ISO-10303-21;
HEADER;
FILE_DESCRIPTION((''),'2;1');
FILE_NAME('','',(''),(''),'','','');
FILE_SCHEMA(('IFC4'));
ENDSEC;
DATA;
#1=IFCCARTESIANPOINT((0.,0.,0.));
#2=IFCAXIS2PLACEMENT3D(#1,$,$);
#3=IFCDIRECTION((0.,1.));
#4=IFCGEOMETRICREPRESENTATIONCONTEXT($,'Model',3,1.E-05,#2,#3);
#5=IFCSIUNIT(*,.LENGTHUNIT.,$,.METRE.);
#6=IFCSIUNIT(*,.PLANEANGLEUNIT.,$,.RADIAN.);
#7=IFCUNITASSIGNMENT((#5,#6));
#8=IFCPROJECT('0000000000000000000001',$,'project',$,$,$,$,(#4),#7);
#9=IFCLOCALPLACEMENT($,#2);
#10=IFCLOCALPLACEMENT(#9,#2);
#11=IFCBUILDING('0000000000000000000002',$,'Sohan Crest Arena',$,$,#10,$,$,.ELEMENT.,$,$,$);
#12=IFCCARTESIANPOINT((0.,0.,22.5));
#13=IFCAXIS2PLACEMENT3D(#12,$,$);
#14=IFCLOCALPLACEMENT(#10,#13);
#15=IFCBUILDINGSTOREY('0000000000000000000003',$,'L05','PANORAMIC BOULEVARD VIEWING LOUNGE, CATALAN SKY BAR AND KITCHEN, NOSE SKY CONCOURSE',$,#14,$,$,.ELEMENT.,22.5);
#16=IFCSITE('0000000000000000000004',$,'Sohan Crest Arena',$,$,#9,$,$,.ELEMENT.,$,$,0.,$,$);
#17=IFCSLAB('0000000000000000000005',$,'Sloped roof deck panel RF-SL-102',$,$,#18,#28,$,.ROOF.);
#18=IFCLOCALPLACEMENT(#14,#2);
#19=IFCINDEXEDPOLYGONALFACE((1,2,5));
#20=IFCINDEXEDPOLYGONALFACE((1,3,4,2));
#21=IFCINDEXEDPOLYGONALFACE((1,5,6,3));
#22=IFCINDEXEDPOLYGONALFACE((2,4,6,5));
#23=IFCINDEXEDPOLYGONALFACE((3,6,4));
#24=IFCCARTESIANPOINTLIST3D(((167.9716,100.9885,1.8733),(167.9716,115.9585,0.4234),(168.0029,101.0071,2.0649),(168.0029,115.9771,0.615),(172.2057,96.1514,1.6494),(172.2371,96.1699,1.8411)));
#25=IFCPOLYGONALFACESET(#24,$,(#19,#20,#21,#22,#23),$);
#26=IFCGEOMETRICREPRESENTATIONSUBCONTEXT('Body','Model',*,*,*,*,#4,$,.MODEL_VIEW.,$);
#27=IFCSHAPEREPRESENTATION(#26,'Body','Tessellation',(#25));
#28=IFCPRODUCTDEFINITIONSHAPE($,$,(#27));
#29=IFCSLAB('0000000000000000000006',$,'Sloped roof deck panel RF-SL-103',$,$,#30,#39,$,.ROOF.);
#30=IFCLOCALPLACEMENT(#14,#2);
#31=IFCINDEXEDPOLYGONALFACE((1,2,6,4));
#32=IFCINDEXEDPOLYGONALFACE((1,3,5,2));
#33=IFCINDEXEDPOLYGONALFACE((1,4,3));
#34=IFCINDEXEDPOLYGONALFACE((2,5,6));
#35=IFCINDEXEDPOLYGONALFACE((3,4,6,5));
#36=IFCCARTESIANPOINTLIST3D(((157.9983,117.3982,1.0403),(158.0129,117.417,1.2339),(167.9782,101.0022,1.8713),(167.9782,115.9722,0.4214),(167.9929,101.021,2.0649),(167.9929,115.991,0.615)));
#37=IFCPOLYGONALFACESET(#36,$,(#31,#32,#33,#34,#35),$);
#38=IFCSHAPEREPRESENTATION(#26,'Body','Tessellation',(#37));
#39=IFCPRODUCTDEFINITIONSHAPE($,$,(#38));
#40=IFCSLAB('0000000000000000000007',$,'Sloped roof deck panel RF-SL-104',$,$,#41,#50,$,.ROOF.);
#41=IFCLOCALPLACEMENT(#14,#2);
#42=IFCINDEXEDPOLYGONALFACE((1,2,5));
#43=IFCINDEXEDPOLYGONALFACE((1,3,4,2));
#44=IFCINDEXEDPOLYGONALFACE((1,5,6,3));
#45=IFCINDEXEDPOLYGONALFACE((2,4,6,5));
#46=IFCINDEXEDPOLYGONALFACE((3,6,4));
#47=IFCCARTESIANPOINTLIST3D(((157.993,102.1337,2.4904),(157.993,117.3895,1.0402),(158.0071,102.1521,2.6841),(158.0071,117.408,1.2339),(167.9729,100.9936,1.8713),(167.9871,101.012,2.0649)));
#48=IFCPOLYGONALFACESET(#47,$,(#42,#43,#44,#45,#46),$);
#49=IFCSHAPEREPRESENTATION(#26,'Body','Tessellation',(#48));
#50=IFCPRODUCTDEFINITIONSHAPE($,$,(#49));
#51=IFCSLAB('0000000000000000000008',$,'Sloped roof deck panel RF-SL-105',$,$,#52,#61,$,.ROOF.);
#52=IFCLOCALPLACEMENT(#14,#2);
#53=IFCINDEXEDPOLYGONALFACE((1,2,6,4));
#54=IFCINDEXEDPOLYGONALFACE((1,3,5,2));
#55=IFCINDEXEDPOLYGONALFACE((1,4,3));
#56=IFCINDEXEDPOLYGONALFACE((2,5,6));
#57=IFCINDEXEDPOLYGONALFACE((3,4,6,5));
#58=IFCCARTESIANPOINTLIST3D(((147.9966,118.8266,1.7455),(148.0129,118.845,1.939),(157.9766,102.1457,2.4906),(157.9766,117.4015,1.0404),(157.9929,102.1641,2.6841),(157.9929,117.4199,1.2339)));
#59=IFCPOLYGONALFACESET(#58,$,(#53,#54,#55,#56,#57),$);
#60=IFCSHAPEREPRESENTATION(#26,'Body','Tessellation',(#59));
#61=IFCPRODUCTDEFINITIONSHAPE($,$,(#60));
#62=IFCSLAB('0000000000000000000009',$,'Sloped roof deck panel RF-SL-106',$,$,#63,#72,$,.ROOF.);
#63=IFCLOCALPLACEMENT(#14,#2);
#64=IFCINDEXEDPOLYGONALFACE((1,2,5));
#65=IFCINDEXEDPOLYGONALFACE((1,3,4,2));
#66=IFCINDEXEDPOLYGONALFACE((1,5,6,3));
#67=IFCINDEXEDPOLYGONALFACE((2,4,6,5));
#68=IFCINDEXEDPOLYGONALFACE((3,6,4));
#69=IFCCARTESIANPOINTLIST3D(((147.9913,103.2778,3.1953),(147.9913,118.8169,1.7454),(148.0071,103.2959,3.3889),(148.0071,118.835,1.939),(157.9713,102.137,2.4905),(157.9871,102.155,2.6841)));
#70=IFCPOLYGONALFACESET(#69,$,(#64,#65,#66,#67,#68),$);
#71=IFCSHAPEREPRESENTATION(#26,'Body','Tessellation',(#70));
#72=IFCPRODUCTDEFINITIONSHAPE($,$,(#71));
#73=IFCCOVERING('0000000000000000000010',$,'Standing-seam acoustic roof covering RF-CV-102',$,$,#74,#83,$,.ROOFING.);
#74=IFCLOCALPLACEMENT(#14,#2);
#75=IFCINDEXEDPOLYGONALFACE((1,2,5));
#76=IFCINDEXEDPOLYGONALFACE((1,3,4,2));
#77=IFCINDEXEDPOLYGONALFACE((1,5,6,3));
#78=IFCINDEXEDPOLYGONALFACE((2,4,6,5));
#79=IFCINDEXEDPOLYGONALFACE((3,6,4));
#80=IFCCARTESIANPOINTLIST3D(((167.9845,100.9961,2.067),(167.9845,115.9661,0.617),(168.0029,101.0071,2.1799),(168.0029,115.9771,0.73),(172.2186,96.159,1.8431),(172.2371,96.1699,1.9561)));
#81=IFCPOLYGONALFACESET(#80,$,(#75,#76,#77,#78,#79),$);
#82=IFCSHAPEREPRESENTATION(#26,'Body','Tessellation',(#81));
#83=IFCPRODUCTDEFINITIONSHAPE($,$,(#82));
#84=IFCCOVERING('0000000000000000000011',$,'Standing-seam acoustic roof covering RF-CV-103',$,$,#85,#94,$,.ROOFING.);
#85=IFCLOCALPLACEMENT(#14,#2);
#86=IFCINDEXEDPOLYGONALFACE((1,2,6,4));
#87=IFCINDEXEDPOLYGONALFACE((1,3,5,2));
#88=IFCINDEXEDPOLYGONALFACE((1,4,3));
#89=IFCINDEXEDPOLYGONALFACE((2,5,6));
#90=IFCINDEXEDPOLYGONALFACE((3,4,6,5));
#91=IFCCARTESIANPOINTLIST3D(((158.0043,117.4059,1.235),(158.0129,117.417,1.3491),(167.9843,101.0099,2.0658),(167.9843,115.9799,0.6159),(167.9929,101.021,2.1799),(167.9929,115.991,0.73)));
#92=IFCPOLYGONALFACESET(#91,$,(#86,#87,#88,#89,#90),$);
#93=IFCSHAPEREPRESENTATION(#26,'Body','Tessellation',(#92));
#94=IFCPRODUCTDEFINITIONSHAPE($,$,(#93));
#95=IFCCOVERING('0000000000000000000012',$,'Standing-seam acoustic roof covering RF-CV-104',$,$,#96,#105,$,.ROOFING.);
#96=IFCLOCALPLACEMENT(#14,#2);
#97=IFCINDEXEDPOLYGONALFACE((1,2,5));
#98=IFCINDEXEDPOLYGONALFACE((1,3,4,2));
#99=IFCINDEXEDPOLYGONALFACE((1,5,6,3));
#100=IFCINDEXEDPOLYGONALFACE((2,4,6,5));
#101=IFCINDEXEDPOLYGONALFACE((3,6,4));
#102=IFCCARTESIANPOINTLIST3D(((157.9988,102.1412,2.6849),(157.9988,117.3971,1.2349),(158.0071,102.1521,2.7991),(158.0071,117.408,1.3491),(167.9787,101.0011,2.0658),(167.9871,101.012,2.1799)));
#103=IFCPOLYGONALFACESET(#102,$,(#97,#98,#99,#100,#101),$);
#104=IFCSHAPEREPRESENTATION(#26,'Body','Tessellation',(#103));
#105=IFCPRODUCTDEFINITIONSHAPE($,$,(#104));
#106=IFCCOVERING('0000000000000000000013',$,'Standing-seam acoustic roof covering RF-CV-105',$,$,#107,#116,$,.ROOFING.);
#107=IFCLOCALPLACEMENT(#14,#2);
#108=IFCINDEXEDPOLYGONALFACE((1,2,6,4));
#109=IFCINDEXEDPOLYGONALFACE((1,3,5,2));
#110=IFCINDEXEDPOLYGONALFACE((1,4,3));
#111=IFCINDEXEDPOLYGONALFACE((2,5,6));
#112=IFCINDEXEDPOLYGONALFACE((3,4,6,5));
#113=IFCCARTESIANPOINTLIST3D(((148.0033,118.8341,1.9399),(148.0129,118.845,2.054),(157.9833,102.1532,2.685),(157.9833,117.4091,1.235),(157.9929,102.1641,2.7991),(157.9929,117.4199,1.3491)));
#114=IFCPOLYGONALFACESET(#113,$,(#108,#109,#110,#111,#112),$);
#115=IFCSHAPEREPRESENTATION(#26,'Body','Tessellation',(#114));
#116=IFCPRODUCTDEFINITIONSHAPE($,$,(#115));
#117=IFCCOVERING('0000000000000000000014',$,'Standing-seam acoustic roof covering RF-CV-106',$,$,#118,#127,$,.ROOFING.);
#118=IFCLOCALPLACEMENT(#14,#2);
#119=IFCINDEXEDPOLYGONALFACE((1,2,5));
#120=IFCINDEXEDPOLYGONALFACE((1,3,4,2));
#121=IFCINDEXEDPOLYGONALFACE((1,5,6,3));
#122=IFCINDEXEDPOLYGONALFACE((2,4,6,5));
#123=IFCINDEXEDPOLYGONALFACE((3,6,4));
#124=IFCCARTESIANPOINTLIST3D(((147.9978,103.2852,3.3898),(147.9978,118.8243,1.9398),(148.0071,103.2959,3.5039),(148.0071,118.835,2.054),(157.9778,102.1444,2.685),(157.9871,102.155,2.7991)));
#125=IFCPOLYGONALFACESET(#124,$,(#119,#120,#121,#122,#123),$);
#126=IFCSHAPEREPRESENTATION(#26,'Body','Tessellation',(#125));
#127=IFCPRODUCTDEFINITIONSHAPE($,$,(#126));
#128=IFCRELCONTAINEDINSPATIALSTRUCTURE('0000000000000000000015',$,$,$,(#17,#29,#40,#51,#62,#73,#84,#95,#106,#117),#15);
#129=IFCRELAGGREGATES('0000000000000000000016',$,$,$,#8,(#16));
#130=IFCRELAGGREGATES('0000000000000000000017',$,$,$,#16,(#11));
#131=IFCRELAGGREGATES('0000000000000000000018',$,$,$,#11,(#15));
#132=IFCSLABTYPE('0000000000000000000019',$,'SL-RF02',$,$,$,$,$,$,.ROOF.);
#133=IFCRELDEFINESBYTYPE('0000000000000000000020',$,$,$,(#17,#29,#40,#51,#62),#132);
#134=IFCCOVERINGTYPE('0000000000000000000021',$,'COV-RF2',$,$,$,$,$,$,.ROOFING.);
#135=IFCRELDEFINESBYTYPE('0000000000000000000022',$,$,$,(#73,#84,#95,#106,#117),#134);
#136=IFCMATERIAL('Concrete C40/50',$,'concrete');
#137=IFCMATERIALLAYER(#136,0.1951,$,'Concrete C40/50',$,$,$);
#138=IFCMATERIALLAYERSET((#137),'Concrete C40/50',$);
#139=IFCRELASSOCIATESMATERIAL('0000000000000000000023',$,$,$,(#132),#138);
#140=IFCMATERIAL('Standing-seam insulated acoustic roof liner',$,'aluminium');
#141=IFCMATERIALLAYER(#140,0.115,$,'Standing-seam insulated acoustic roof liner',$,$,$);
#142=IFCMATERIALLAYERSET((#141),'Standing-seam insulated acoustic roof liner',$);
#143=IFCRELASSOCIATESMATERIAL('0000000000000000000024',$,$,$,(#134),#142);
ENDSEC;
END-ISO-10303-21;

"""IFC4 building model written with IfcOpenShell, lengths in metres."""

from ifc_helpers import new_model, si_unit, direction, frame, origin, place, context, subcontext, project, spatial, polyline, outline, extrude, material, layer, layer_set, type_object, element, save


model = new_model("IFC4")

# Units and contexts
model_context = context("Model", 3, precision=1e-05, world=origin(), true_north=direction((0.0, 1.0)))
body_context = subcontext(model_context, "Body", "Model", "MODEL_VIEW")
ifc_project = project(units=[si_unit("LENGTHUNIT", "METRE"), si_unit("PLANEANGLEUNIT", "RADIAN")], contexts=[model_context])

# Site, building, storey
site_placement = place(None, origin())
site = spatial("IfcSite", under=ifc_project, at=site_placement, Name="Sohan Crest Arena", CompositionType="ELEMENT", RefElevation=0.0)
building_placement = place(site_placement, origin())
building = spatial("IfcBuilding", under=site, at=building_placement, Name="Sohan Crest Arena", CompositionType="ELEMENT")
storey_placement = place(building_placement, frame((0.0, 0.0, 22.5)))
storey = spatial("IfcBuildingStorey", under=building, at=storey_placement, Name="L05", Description="PANORAMIC BOULEVARD VIEWING LOUNGE, CATALAN SKY BAR AND KITCHEN, NOSE SKY CONCOURSE", CompositionType="ELEMENT", Elevation=22.5)

# Shared definitions
ifc_material_1 = material(Name="Concrete C40/50", Category="concrete")

# Slabs
ifc_layer_1 = layer(ifc_material_1, 0.1951, Name="Concrete C40/50")
ifc_layer_set_1 = layer_set([ifc_layer_1], Name="Concrete C40/50")
slab_type = type_object("IfcSlabType", Name="SL-RF02", PredefinedType="ROOF", material=ifc_layer_set_1)
slab_1_placement = place(storey_placement, frame((172.2371, 96.1699, 1.8411), z_axis=(0.16065, 0.095154, 0.982414), x_axis=(-0.208663, 0.976119, -0.060422)))
element("IfcSlab", 1, at=slab_1_placement, inside=storey, type_object=slab_type, Name="Sloped roof deck panel RF-SL-102", PredefinedType="ROOF", context=body_context, shape_type="SweptSolid", body=[
    extrude(outline(polyline([(0.0, 0.0), (20.2917, 0.0), (5.5916, 3.1796), (0.0, 0.0)])), origin(), (0.0, 0.0, -1.0), 0.1951),
])
slab_2_placement = place(storey_placement, frame((167.9929, 101.021, 2.0649), z_axis=(0.075286, 0.096133, 0.992517), x_axis=(0.0, 0.995342, -0.096406)))
element("IfcSlab", 2, at=slab_2_placement, inside=storey, type_object=slab_type, Name="Sloped roof deck panel RF-SL-103", PredefinedType="ROOF", context=body_context, shape_type="SweptSolid", body=[
    extrude(outline(polyline([(0.0, 0.0), (15.04, 0.0), (16.3997, 10.0084), (0.0, 0.0)])), origin(), (0.0, 0.0, -1.0), 0.1951),
])
slab_3_placement = place(storey_placement, frame((167.9871, 101.012, 2.0649), z_axis=(0.07238, 0.094383, 0.992901), x_axis=(-0.519453, 0.853403, -0.043256)))
element("IfcSlab", 3, at=slab_3_placement, inside=storey, type_object=slab_type, Name="Sloped roof deck panel RF-SL-104", PredefinedType="ROOF", context=body_context, shape_type="SweptSolid", body=[
    extrude(outline(polyline([(0.0, 0.0), (19.2125, 0.0), (6.1303, 7.9814), (0.0, 0.0)])), origin(), (0.0, 0.0, -1.0), 0.1951),
])
slab_4_placement = place(storey_placement, frame((157.9929, 102.1641, 2.6841), z_axis=(0.083552, 0.094301, 0.992032), x_axis=(0.0, 0.995512, -0.094632)))
element("IfcSlab", 4, at=slab_4_placement, inside=storey, type_object=slab_type, Name="Sloped roof deck panel RF-SL-105", PredefinedType="ROOF", context=body_context, shape_type="SweptSolid", body=[
    extrude(outline(polyline([(0.0, 0.0), (15.3246, 0.0), (16.6766, 10.015), (0.0, 0.0)])), origin(), (0.0, 0.0, -1.0), 0.1951),
])
slab_5_placement = place(storey_placement, frame((157.9871, 102.155, 2.6841), z_axis=(0.080676, 0.092604, 0.992429), x_axis=(-0.51306, 0.857497, -0.038306)))
element("IfcSlab", 5, at=slab_5_placement, inside=storey, type_object=slab_type, Name="Sloped roof deck panel RF-SL-106", PredefinedType="ROOF", context=body_context, shape_type="SweptSolid", body=[
    extrude(outline(polyline([(0.0, 0.0), (19.4519, 0.0), (6.0716, 8.0333), (0.0, 0.0)])), origin(), (0.0, 0.0, -1.0), 0.1951),
])

# Coverings
ifc_material_2 = material(Name="Standing-seam insulated acoustic roof liner", Category="aluminium")
ifc_layer_2 = layer(ifc_material_2, 0.115, Name="Standing-seam insulated acoustic roof liner")
ifc_layer_set_2 = layer_set([ifc_layer_2], Name="Standing-seam insulated acoustic roof liner")
covering_type = type_object("IfcCoveringType", Name="COV-RF2", PredefinedType="ROOFING", material=ifc_layer_set_2)
covering_1_placement = place(storey_placement, frame((172.2371, 96.1699, 1.9561), z_axis=(0.16065, 0.095154, 0.982414), x_axis=(-0.208663, 0.976119, -0.060422)))
element("IfcCovering", 6, at=covering_1_placement, inside=storey, type_object=covering_type, Name="Standing-seam acoustic roof covering RF-CV-102", PredefinedType="ROOFING", context=body_context, shape_type="SweptSolid", body=[
    extrude(outline(polyline([(0.0, 0.0), (20.2917, 0.0), (5.5916, 3.1796), (0.0, 0.0)])), origin(), (0.0, 0.0, -1.0), 0.115),
])
covering_2_placement = place(storey_placement, frame((167.9929, 101.021, 2.1799), z_axis=(0.07531, 0.096132, 0.992515), x_axis=(0.0, 0.995342, -0.096406)))
element("IfcCovering", 7, at=covering_2_placement, inside=storey, type_object=covering_type, Name="Standing-seam acoustic roof covering RF-CV-103", PredefinedType="ROOFING", context=body_context, shape_type="SweptSolid", body=[
    extrude(outline(polyline([(0.0, 0.0), (15.04, 0.0), (16.3997, 10.0084), (0.0, 0.0)])), origin(), (0.0, 0.0, -1.0), 0.115),
])
covering_3_placement = place(storey_placement, frame((167.9871, 101.012, 2.1799), z_axis=(0.072379, 0.094368, 0.992903), x_axis=(-0.519453, 0.853404, -0.043243)))
element("IfcCovering", 8, at=covering_3_placement, inside=storey, type_object=covering_type, Name="Standing-seam acoustic roof covering RF-CV-104", PredefinedType="ROOFING", context=body_context, shape_type="SweptSolid", body=[
    extrude(outline(polyline([(0.0, 0.0), (19.2125, 0.0), (6.1304, 7.9814), (0.0, 0.0)])), origin(), (0.0, 0.0, -1.0), 0.115),
])
covering_4_placement = place(storey_placement, frame((157.9929, 102.1641, 2.7991), z_axis=(0.083525, 0.094285, 0.992035), x_axis=(0.0, 0.995514, -0.094616)))
element("IfcCovering", 9, at=covering_4_placement, inside=storey, type_object=covering_type, Name="Standing-seam acoustic roof covering RF-CV-105", PredefinedType="ROOFING", context=body_context, shape_type="SweptSolid", body=[
    extrude(outline(polyline([(0.0, 0.0), (15.3246, 0.0), (16.6766, 10.015), (0.0, 0.0)])), origin(), (0.0, 0.0, -1.0), 0.115),
])
covering_5_placement = place(storey_placement, frame((157.9871, 102.155, 2.7991), z_axis=(0.080676, 0.092604, 0.992429), x_axis=(-0.51306, 0.857497, -0.038306)))
element("IfcCovering", 10, at=covering_5_placement, inside=storey, type_object=covering_type, Name="Standing-seam acoustic roof covering RF-CV-106", PredefinedType="ROOFING", context=body_context, shape_type="SweptSolid", body=[
    extrude(outline(polyline([(0.0, 0.0), (19.4519, 0.0), (6.0716, 8.0333), (0.0, 0.0)])), origin(), (0.0, 0.0, -1.0), 0.115),
])

save(model, "model.ifc")
